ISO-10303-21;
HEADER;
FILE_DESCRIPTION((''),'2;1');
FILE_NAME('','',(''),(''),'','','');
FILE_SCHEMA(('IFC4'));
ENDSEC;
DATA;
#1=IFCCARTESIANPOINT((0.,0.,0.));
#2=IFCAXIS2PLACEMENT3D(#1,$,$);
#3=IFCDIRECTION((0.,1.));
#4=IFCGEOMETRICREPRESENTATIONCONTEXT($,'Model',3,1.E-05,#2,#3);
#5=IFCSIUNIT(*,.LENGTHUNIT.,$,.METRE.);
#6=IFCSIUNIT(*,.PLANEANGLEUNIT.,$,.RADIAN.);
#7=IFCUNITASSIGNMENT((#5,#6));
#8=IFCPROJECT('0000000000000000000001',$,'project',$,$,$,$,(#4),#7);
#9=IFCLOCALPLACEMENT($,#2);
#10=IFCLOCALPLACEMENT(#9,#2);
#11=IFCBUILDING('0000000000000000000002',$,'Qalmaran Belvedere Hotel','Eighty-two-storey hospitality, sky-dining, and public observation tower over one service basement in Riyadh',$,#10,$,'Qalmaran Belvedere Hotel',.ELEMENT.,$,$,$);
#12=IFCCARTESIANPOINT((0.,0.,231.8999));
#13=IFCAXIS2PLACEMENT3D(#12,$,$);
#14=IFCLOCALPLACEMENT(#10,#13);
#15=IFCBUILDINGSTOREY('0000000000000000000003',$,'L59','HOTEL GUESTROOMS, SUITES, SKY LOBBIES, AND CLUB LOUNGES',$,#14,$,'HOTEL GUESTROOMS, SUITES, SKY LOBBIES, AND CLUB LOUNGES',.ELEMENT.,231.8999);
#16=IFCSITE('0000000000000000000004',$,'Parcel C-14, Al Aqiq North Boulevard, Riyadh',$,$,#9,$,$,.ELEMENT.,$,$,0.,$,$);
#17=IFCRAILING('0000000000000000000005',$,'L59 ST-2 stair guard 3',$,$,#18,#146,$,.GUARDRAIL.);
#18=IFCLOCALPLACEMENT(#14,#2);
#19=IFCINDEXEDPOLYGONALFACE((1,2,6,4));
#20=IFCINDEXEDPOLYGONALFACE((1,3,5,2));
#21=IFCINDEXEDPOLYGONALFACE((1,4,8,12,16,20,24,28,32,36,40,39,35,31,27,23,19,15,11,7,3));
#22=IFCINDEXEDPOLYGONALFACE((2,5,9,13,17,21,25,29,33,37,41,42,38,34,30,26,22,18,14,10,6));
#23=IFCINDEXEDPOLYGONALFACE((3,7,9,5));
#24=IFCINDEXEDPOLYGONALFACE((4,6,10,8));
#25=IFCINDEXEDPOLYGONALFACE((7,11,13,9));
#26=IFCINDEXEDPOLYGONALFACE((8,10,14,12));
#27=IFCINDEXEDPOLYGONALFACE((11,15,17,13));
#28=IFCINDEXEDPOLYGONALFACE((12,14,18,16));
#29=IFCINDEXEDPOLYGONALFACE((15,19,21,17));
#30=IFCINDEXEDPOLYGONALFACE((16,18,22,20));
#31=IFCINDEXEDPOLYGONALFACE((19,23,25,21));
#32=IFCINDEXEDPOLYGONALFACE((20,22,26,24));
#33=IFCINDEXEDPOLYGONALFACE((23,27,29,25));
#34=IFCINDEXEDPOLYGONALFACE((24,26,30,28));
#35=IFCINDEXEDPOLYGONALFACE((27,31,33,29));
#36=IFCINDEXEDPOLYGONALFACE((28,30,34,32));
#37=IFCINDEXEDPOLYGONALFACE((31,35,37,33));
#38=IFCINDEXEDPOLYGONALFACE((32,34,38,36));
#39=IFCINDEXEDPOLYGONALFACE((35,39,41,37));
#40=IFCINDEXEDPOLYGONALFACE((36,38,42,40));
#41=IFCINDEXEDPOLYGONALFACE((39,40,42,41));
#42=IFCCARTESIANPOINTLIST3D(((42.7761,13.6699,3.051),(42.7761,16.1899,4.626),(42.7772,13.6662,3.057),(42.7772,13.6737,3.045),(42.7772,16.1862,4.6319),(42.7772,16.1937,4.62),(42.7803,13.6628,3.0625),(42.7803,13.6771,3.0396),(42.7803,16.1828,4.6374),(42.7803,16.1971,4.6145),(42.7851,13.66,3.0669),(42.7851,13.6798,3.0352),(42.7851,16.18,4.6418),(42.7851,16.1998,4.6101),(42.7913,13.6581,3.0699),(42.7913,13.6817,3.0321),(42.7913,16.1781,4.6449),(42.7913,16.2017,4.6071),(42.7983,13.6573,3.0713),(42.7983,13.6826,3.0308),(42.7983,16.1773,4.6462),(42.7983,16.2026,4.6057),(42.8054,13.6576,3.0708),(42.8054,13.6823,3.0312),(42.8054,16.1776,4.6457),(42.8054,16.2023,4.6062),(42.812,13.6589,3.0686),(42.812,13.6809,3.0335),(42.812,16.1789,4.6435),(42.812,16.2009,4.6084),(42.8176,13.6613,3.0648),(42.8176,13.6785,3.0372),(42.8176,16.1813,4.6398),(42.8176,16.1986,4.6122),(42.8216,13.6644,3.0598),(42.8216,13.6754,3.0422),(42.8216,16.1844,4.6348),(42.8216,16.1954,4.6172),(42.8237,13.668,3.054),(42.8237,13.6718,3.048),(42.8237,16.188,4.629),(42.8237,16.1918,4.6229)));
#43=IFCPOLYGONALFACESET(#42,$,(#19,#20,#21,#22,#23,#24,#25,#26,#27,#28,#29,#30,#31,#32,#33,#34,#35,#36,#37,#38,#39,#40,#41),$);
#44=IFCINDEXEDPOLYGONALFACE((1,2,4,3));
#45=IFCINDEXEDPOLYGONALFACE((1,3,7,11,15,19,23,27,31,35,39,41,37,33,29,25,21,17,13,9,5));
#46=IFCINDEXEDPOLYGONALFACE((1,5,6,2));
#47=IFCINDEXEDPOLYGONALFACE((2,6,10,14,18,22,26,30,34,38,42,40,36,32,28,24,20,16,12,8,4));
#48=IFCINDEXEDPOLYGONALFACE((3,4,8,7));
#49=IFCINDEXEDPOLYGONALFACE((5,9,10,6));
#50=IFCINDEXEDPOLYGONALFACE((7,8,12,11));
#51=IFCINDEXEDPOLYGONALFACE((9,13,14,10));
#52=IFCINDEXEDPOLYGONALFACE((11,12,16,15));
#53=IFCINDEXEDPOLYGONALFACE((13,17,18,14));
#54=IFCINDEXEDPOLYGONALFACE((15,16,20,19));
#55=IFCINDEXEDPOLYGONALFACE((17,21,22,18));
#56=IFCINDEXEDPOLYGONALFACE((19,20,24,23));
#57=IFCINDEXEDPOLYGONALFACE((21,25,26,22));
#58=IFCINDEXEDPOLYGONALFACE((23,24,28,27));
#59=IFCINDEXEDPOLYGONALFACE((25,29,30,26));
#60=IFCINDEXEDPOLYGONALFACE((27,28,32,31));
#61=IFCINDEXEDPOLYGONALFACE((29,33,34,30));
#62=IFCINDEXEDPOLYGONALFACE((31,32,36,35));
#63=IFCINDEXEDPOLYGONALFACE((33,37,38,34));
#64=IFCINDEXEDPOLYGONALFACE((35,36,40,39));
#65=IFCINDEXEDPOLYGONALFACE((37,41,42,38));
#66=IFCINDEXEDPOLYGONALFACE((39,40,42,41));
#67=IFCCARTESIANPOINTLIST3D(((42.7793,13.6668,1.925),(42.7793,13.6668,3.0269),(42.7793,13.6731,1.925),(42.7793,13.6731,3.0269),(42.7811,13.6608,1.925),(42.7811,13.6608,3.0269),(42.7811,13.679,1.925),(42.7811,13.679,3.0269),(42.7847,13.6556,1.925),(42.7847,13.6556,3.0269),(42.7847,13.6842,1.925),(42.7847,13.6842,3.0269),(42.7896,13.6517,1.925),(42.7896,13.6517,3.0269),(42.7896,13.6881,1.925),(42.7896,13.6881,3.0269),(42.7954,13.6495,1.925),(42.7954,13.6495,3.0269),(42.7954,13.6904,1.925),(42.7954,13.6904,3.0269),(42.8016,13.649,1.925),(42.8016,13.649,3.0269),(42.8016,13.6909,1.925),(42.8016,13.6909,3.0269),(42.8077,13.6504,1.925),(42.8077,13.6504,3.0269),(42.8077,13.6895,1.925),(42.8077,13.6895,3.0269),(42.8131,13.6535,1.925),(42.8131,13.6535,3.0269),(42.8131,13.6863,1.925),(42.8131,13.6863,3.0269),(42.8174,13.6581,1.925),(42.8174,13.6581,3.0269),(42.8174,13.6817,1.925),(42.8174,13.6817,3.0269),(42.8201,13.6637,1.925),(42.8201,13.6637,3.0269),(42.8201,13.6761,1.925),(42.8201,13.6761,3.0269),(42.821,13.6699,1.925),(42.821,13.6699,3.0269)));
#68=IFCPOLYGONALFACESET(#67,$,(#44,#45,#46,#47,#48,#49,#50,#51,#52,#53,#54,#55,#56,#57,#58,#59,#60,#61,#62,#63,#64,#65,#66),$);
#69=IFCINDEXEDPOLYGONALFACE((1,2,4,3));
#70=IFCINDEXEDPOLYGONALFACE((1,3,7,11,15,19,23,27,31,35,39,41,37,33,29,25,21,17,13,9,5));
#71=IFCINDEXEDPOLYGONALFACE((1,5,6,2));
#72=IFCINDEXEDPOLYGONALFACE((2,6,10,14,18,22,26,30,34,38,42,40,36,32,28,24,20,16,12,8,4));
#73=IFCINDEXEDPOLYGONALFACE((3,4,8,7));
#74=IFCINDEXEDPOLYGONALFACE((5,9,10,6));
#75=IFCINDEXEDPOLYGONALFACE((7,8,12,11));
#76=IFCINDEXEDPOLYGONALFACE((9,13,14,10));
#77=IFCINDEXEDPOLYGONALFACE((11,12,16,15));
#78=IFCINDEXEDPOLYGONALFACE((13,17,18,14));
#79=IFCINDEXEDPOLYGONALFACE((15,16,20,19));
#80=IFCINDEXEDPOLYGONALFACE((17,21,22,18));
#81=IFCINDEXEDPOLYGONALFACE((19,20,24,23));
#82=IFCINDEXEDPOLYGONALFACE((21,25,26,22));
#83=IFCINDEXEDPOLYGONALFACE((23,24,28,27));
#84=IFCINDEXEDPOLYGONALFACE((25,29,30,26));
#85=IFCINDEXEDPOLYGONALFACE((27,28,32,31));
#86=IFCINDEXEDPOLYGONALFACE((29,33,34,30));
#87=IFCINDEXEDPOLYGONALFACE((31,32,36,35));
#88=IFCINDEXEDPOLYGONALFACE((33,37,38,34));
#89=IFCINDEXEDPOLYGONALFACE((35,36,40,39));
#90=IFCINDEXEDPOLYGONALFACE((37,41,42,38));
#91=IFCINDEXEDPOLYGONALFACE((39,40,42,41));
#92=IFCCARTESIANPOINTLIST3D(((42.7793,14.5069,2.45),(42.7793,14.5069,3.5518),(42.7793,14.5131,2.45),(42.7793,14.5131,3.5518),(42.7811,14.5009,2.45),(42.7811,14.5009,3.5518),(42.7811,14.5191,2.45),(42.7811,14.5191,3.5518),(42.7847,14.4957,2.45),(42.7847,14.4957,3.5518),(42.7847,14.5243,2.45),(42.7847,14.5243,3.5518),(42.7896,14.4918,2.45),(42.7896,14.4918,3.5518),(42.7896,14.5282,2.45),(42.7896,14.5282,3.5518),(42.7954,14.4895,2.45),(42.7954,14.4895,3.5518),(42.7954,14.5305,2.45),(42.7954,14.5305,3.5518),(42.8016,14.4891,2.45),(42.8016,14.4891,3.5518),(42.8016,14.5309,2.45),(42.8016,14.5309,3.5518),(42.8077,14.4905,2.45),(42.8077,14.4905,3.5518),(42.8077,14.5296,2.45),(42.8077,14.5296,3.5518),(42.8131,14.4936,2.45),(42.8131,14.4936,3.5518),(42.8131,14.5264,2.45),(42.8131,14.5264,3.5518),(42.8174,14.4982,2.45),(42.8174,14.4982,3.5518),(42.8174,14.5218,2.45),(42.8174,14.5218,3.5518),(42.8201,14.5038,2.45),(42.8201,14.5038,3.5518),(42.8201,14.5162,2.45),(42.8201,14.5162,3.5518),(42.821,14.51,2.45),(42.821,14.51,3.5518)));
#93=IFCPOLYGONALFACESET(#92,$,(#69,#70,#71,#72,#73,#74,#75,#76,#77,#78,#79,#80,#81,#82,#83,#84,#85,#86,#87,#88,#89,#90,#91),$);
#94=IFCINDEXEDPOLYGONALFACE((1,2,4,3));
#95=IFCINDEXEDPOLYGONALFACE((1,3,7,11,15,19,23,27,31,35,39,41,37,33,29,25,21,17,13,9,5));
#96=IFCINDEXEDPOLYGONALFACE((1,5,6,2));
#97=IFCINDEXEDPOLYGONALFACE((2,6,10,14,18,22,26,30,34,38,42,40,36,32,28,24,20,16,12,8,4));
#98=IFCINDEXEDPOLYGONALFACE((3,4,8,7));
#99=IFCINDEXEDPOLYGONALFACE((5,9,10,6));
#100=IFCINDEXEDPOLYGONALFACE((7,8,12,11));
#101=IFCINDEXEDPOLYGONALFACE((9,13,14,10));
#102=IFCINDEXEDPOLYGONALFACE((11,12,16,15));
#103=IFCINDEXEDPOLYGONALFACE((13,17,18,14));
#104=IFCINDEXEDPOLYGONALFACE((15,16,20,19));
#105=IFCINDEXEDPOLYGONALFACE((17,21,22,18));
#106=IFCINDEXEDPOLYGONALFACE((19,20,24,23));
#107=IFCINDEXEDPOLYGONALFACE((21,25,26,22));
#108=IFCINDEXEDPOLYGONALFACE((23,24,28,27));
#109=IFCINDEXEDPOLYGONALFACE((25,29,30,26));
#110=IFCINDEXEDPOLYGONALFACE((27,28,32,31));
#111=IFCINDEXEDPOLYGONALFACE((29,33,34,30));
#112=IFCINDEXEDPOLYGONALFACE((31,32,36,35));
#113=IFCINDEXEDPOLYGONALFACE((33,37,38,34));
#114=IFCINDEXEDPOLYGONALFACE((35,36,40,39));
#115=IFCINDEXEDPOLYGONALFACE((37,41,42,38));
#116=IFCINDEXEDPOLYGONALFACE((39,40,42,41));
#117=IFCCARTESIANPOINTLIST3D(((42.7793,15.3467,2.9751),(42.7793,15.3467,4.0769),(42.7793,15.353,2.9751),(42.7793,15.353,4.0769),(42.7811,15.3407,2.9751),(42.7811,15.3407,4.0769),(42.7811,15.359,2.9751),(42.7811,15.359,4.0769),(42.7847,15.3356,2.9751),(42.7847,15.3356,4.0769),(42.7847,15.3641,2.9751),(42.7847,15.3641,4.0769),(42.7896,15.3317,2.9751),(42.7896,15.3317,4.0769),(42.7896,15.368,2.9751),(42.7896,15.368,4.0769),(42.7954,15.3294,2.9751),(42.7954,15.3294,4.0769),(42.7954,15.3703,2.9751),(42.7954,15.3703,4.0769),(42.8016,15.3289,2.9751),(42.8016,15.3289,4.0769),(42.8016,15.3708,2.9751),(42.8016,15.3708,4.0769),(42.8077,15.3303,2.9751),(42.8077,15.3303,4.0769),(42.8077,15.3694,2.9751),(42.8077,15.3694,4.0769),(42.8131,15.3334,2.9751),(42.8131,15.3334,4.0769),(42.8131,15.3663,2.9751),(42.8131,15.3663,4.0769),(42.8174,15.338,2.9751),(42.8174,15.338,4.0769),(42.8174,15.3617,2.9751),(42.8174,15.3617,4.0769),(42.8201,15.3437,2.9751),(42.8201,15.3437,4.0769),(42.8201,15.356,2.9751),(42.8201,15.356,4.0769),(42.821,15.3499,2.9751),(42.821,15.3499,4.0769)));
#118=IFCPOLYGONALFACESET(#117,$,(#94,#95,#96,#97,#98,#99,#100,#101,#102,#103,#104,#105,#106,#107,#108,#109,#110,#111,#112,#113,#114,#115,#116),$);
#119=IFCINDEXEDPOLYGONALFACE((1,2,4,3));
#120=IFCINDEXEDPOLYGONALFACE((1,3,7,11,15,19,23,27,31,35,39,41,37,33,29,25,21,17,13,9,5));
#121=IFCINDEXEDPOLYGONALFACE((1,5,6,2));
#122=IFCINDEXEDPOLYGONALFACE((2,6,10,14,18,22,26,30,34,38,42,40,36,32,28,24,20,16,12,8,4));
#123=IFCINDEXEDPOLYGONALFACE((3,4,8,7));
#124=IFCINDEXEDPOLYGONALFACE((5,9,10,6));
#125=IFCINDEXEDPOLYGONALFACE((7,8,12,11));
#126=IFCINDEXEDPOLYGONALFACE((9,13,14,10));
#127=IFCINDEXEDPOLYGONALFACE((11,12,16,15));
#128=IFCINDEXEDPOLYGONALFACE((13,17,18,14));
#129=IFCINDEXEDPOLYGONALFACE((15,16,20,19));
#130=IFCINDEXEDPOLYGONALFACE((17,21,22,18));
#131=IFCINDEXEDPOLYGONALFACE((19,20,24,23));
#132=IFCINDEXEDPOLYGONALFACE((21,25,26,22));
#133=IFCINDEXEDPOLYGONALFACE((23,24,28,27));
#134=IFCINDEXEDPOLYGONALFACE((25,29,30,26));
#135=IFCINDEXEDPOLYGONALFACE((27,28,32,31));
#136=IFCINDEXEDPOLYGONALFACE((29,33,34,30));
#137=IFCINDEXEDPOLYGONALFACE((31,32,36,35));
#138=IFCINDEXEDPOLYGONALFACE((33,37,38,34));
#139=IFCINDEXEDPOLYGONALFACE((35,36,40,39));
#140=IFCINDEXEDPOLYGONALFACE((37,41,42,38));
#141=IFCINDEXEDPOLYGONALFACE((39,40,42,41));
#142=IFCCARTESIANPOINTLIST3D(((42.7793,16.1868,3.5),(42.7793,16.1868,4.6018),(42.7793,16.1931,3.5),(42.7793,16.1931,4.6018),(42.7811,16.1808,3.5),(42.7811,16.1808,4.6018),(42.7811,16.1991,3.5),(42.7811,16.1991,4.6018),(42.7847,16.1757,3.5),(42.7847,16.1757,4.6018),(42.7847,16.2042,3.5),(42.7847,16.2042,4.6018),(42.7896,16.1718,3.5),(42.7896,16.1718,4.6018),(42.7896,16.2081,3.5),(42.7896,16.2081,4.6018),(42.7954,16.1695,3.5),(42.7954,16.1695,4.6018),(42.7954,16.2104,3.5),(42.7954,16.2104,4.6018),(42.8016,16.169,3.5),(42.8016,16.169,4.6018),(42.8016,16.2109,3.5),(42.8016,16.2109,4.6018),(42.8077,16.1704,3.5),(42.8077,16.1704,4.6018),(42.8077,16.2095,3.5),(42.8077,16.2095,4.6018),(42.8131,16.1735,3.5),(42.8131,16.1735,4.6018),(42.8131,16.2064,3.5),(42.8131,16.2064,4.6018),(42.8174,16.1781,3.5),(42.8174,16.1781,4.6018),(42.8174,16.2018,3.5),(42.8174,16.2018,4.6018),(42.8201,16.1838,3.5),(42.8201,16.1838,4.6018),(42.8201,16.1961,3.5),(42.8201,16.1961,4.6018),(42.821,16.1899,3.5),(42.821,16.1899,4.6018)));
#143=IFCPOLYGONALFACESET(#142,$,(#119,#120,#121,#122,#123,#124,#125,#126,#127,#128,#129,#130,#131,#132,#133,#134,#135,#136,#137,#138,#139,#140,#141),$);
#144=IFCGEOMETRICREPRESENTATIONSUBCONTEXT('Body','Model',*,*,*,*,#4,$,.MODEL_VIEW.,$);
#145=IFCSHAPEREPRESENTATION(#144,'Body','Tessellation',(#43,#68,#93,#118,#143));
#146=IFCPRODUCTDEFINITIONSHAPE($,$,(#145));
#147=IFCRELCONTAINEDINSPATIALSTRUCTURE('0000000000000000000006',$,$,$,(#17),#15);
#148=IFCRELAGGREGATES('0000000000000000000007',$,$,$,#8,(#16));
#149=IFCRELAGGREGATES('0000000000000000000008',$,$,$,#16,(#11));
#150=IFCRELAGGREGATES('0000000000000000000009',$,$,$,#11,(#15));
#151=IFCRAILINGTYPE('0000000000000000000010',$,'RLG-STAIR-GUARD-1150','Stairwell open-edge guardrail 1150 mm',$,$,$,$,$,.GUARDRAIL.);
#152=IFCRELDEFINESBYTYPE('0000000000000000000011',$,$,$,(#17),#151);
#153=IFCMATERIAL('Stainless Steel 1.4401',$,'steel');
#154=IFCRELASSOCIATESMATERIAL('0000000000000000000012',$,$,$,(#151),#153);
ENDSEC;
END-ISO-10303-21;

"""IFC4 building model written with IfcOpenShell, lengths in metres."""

from ifc_helpers import new_model, si_unit, direction, frame, origin, origin_2d, place, context, subcontext, project, spatial, circle, extrude, material, type_object, element, save


model = new_model("IFC4")

# Units and contexts
model_context = context("Model", 3, precision=1e-05, world=origin(), true_north=direction((0.0, 1.0)))
body_context = subcontext(model_context, "Body", "Model", "MODEL_VIEW")
ifc_project = project(units=[si_unit("LENGTHUNIT", "METRE"), si_unit("PLANEANGLEUNIT", "RADIAN")], contexts=[model_context])

# Site, building, storey
site_placement = place(None, origin())
site = spatial("IfcSite", under=ifc_project, at=site_placement, Name="Parcel C-14, Al Aqiq North Boulevard, Riyadh", CompositionType="ELEMENT", RefElevation=0.0)
building_placement = place(site_placement, origin())
building = spatial("IfcBuilding", under=site, at=building_placement, Name="Qalmaran Belvedere Hotel", Description="Eighty-two-storey hospitality, sky-dining, and public observation tower over one service basement in Riyadh", LongName="Qalmaran Belvedere Hotel", CompositionType="ELEMENT")
storey_placement = place(building_placement, frame((0.0, 0.0, 231.8999)))
storey = spatial("IfcBuildingStorey", under=building, at=storey_placement, Name="L59", Description="HOTEL GUESTROOMS, SUITES, SKY LOBBIES, AND CLUB LOUNGES", LongName="HOTEL GUESTROOMS, SUITES, SKY LOBBIES, AND CLUB LOUNGES", CompositionType="ELEMENT", Elevation=231.8999)

# Railing
ifc_material_1 = material(Name="Stainless Steel 1.4401", Category="steel")
railing_type_1 = type_object("IfcRailingType", Name="RLG-STAIR-GUARD-1150", Description="Stairwell open-edge guardrail 1150 mm", PredefinedType="GUARDRAIL", material=ifc_material_1)
railing_1_placement = place(storey_placement, frame((42.8, 13.6699, 1.925)))
element("IfcRailing", 1, at=railing_1_placement, inside=storey, type_object=railing_type_1, Name="L59 ST-2 stair guard 3", PredefinedType="GUARDRAIL", context=body_context, shape_type="SweptSolid", body=[
    extrude(circle(Radius=0.0239, at=origin_2d()), frame((0.0, 0.0, 1.126), z_axis=(0.0, 0.848008, 0.529984), x_axis=(-1.0, 0.0, 0.0)), (0.0, 0.0, 1.0), 2.9717),
    extrude(circle(Radius=0.021, at=origin_2d()), origin(), (0.0, 0.0, 1.0), 1.1018),
    extrude(circle(Radius=0.021, at=origin_2d()), frame((0.0, 0.8401, 0.5249)), (0.0, 0.0, 1.0), 1.1018),
    extrude(circle(Radius=0.021, at=origin_2d()), frame((0.0, 1.6799, 1.05)), (0.0, 0.0, 1.0), 1.1018),
    extrude(circle(Radius=0.021, at=origin_2d()), frame((0.0, 2.52, 1.575)), (0.0, 0.0, 1.0), 1.1018),
])

save(model, "model.ifc")
